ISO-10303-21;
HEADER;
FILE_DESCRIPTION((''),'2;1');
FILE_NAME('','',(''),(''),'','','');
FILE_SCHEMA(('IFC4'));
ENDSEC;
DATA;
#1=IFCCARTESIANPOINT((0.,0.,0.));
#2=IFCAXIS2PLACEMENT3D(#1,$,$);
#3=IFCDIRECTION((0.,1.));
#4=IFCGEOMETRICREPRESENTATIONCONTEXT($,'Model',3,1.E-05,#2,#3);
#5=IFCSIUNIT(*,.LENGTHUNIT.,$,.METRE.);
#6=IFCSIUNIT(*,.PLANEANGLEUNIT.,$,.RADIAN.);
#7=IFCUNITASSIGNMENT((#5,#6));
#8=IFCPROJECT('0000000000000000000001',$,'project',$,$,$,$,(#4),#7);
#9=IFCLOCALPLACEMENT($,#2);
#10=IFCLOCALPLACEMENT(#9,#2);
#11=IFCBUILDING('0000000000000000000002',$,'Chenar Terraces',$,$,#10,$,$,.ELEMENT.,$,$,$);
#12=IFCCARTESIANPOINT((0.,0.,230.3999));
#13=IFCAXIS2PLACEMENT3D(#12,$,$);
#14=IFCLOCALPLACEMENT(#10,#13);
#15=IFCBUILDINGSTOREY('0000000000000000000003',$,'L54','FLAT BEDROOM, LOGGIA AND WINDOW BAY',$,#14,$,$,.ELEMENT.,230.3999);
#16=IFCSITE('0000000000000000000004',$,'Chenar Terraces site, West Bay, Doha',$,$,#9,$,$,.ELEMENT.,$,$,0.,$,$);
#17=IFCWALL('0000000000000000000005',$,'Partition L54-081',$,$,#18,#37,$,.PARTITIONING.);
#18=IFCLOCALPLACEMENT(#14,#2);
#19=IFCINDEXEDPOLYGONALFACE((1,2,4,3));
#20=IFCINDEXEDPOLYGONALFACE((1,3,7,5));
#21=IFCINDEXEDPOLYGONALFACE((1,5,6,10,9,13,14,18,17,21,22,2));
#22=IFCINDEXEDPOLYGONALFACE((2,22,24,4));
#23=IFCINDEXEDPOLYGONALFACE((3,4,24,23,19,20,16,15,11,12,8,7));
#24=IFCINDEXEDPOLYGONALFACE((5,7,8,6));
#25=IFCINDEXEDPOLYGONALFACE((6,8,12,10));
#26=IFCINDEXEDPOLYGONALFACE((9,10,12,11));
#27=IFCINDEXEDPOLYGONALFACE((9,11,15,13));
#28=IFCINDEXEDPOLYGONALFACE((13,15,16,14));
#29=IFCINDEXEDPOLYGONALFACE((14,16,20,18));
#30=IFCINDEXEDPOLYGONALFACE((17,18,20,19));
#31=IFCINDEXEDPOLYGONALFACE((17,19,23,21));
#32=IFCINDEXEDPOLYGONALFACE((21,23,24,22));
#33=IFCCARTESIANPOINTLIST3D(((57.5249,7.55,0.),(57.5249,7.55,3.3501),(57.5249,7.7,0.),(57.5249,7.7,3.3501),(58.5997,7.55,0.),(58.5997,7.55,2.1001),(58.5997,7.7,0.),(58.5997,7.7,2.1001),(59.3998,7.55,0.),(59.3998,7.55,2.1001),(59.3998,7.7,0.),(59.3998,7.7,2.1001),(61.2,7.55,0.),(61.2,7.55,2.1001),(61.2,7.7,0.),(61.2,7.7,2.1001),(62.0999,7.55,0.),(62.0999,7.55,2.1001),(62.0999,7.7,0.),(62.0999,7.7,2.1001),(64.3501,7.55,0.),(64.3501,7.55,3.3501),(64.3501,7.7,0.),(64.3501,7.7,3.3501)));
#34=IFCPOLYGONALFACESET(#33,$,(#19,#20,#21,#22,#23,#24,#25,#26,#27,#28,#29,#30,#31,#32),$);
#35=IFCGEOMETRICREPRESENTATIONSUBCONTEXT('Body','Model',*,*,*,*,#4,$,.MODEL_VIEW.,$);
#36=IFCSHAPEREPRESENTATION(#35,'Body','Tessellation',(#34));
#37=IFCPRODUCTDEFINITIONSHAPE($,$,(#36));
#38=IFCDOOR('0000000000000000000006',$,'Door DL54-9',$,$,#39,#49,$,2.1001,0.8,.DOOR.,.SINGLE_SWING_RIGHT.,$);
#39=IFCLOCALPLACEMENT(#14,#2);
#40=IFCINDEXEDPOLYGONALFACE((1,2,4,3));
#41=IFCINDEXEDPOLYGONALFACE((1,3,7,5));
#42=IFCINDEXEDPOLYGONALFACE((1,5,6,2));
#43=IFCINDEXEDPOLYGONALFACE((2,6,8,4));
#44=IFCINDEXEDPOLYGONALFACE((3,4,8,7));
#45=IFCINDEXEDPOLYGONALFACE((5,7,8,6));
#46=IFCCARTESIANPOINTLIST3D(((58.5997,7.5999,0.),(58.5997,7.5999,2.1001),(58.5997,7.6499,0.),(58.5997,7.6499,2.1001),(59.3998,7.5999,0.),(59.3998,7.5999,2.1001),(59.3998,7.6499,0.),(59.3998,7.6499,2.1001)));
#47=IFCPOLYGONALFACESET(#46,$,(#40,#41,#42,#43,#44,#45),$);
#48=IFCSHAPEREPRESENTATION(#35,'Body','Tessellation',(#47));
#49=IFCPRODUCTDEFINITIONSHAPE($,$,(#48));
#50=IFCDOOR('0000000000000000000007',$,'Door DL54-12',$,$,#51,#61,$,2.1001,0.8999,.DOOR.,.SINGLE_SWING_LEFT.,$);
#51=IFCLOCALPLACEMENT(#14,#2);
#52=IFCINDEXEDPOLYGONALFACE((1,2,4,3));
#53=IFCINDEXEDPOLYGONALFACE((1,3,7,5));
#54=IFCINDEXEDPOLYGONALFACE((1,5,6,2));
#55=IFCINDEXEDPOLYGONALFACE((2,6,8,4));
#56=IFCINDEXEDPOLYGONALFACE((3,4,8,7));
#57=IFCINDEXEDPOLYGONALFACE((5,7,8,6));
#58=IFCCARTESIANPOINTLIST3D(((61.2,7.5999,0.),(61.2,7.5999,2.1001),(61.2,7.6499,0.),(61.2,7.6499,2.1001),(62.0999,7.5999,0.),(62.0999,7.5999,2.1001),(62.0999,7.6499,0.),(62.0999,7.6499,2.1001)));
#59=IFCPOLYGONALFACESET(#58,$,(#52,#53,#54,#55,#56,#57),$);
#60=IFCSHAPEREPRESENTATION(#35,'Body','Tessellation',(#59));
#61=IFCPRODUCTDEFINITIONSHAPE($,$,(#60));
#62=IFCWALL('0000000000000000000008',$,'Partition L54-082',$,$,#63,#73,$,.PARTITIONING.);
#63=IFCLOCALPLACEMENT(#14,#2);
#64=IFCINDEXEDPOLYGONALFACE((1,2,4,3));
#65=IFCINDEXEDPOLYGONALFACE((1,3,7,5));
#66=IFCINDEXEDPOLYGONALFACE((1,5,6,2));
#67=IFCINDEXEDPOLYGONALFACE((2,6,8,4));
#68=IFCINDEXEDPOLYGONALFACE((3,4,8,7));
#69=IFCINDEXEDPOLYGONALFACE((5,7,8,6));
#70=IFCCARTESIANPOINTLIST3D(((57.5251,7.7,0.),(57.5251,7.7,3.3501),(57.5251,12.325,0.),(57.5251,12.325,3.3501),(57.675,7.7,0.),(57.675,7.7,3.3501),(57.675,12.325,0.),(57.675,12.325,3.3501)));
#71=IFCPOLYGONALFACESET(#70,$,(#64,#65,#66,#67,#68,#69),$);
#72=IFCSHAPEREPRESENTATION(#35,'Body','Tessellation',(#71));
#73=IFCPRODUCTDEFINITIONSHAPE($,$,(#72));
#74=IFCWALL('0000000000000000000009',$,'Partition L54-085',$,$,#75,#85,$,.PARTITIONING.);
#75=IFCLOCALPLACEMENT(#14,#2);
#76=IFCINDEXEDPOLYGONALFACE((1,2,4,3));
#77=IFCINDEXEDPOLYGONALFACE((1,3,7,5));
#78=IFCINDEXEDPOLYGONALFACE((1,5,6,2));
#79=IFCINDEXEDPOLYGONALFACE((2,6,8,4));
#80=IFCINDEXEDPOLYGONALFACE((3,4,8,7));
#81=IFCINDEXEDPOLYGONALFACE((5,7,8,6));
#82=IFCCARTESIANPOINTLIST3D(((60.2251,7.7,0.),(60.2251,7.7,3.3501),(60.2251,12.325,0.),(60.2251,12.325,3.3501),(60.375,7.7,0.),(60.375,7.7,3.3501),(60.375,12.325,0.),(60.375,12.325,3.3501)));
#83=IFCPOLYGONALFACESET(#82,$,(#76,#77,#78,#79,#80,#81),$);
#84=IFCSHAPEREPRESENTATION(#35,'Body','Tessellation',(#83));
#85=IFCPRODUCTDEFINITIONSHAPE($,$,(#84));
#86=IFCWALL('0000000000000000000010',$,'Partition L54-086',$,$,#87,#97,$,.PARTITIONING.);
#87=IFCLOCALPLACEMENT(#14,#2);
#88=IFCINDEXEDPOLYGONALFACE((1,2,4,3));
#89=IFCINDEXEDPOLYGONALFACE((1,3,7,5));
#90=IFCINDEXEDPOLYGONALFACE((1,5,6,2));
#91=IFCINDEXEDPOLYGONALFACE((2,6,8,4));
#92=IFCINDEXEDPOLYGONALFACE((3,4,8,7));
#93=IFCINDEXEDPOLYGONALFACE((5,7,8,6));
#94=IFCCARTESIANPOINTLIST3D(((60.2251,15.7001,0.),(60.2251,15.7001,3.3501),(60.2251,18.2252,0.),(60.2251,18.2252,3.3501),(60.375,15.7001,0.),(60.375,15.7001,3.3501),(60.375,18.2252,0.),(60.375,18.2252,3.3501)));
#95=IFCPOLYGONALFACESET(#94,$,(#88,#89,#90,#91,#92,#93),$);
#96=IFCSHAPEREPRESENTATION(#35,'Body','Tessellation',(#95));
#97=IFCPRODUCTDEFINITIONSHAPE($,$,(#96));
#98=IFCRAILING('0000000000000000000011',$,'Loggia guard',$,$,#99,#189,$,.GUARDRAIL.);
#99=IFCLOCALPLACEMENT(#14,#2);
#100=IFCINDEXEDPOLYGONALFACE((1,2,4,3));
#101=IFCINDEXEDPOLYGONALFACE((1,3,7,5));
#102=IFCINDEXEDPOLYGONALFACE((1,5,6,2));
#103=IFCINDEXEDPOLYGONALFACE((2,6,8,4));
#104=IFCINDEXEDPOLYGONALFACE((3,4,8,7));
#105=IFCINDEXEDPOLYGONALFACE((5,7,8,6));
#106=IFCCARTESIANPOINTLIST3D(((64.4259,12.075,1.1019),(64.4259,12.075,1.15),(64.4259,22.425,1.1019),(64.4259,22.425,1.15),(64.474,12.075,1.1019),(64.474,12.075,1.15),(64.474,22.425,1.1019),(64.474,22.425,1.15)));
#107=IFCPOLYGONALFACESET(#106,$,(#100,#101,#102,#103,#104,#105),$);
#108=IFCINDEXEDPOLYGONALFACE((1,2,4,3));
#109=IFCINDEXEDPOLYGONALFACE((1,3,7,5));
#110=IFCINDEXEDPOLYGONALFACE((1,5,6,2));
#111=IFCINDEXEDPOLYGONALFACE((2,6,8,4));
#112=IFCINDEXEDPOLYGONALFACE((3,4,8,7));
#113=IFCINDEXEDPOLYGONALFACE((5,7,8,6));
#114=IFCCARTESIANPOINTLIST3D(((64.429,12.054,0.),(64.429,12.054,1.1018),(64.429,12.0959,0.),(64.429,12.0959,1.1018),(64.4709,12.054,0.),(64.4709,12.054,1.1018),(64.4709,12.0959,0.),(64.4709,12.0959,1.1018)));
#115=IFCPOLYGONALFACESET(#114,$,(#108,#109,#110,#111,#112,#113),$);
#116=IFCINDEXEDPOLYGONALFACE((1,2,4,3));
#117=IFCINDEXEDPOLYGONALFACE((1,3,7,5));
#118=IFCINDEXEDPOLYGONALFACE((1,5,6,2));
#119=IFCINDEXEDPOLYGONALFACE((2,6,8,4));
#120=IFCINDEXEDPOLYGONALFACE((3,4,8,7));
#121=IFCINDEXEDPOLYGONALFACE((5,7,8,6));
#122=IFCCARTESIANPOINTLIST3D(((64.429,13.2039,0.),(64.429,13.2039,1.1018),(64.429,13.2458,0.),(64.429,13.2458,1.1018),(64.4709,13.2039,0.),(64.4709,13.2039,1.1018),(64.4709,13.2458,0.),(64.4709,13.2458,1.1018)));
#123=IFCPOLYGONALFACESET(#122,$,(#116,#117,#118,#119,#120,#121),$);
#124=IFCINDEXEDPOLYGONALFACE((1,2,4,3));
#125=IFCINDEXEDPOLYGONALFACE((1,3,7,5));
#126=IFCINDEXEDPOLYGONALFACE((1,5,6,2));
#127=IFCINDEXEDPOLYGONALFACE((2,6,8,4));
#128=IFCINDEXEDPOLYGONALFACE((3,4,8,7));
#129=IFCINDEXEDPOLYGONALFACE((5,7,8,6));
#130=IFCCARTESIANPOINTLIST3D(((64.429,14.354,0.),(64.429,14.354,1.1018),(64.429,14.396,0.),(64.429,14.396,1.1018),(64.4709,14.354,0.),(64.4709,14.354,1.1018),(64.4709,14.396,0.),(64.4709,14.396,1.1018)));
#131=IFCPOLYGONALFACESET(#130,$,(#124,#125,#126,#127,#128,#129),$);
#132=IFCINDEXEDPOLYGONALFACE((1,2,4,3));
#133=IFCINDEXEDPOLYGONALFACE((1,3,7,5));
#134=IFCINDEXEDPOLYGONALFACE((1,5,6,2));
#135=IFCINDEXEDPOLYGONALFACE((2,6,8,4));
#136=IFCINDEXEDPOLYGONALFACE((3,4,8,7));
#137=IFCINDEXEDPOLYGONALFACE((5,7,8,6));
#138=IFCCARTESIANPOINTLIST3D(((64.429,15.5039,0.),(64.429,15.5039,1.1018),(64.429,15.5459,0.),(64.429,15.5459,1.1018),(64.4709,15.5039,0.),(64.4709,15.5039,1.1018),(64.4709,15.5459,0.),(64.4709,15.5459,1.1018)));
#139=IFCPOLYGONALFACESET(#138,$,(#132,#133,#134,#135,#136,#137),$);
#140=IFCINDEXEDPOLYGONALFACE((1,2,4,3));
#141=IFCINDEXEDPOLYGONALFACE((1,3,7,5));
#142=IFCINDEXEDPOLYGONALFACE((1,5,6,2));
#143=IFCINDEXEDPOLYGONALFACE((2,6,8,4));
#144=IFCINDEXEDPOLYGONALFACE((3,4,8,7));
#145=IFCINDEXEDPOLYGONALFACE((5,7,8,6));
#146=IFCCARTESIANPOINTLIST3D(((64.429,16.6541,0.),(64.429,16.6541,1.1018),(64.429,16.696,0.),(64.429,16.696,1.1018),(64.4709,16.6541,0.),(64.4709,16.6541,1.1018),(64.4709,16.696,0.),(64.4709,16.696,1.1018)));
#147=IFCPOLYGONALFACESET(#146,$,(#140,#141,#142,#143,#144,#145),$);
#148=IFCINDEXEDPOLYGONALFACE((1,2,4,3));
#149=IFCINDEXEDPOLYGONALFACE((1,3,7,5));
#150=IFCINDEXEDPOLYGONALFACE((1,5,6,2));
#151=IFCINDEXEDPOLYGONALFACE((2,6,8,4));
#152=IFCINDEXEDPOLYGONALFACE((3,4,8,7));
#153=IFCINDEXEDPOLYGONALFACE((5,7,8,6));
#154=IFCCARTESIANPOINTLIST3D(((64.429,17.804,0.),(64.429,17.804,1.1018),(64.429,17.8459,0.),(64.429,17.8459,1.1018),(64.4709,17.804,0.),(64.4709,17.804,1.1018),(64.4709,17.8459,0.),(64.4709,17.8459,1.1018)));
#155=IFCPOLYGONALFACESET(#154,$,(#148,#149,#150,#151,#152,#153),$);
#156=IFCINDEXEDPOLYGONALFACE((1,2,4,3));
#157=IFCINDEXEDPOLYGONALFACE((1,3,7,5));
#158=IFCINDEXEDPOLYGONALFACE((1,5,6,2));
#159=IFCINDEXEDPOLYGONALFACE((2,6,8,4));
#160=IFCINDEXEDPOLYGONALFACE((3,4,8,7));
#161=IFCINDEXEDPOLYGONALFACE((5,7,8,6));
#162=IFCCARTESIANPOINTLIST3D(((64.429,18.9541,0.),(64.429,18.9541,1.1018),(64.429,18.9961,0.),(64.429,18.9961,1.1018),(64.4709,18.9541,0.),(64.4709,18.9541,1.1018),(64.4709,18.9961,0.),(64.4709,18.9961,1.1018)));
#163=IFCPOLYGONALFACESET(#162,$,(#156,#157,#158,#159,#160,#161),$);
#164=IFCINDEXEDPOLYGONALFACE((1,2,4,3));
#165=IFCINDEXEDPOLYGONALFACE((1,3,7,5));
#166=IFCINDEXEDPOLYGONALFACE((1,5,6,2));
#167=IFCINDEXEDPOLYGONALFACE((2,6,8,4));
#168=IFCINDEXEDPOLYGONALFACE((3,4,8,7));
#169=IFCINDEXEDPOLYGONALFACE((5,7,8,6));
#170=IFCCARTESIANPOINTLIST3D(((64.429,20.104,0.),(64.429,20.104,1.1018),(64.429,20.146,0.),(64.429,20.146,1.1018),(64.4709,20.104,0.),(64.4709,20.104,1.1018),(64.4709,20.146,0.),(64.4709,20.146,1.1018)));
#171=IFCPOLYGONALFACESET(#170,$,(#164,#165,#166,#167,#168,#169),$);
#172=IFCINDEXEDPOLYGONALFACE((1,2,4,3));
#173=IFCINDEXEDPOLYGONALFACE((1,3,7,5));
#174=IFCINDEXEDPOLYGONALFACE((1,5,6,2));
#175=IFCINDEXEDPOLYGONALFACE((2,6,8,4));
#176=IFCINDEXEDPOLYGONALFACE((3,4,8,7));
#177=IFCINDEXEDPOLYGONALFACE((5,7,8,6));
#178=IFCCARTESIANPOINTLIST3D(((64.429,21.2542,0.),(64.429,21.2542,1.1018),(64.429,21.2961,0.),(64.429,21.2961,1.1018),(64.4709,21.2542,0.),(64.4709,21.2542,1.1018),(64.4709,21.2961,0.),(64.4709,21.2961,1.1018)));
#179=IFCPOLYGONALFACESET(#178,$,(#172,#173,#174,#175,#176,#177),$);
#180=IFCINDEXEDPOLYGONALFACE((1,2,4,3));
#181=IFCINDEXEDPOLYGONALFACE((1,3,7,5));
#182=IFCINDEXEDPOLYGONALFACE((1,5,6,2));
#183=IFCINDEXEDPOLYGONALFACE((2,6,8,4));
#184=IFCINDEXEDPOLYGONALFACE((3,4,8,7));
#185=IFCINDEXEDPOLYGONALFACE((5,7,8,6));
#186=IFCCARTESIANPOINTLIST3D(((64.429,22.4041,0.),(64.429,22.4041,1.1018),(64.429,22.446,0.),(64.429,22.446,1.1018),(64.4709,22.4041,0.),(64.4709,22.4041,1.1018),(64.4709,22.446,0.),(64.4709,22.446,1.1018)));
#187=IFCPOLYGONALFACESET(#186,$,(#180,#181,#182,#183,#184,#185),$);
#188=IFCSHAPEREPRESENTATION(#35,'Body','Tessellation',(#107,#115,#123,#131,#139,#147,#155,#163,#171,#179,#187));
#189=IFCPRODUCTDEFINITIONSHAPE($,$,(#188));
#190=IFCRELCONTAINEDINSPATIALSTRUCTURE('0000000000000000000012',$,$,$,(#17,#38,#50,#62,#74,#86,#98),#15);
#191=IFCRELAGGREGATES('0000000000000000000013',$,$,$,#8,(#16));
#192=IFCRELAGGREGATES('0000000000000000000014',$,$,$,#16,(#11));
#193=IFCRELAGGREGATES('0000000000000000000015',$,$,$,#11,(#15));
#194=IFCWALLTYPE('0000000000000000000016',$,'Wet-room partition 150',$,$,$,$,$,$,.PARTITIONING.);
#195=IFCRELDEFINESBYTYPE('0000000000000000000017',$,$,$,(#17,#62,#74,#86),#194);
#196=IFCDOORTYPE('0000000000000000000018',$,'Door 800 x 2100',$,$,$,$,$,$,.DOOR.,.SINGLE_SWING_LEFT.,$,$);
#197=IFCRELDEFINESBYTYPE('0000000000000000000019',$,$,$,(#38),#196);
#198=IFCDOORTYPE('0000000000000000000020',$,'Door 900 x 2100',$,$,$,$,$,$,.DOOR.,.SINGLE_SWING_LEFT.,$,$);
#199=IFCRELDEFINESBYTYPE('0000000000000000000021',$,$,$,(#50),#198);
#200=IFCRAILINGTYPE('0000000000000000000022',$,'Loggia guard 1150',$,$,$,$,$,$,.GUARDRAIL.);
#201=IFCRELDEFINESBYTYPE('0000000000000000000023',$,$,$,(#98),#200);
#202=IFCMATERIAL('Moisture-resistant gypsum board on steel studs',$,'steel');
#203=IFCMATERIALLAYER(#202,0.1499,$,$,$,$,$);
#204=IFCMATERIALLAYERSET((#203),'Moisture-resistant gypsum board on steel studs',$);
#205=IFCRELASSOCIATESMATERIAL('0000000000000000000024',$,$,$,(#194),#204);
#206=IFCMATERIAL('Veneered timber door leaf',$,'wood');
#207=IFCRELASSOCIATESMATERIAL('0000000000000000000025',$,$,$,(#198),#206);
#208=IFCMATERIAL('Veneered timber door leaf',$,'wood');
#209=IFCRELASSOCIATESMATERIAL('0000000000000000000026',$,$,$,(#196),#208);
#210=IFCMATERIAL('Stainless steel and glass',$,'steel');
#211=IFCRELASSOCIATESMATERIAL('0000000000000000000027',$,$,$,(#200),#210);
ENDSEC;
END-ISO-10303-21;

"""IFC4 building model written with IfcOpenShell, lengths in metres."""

from ifc_helpers import new_model, si_unit, direction, frame, frame_2d, origin, origin_2d, place, context, subcontext, project, spatial, rectangle, extrude, material, layer, layer_set, type_object, element, fill, save


model = new_model("IFC4")

# Units and contexts
model_context = context("Model", 3, precision=1e-05, world=origin(), true_north=direction((0.0, 1.0)))
body_context = subcontext(model_context, "Body", "Model", "MODEL_VIEW")
ifc_project = project(units=[si_unit("LENGTHUNIT", "METRE"), si_unit("PLANEANGLEUNIT", "RADIAN")], contexts=[model_context])

# Site, building, storey
site_placement = place(None, origin())
site = spatial("IfcSite", under=ifc_project, at=site_placement, Name="Chenar Terraces site, West Bay, Doha", CompositionType="ELEMENT", RefElevation=0.0)
building_placement = place(site_placement, origin())
building = spatial("IfcBuilding", under=site, at=building_placement, Name="Chenar Terraces", CompositionType="ELEMENT")
storey_placement = place(building_placement, frame((0.0, 0.0, 230.3999)))
storey = spatial("IfcBuildingStorey", under=building, at=storey_placement, Name="L54", Description="FLAT BEDROOM, LOGGIA AND WINDOW BAY", CompositionType="ELEMENT", Elevation=230.3999)

# Shared definitions
ifc_material_1 = material(Name="Moisture-resistant gypsum board on steel studs", Category="steel")
ifc_layer_1 = layer(ifc_material_1, 0.1499)
ifc_layer_set_1 = layer_set([ifc_layer_1], Name="Moisture-resistant gypsum board on steel studs")
wall_type_1 = type_object("IfcWallType", Name="Wet-room partition 150", PredefinedType="PARTITIONING", material=ifc_layer_set_1)

# Shared definitions
ifc_material_2 = material(Name="Veneered timber door leaf", Category="wood")
door_type_1 = type_object("IfcDoorType", Name="Door 900 x 2100", OperationType="SINGLE_SWING_LEFT", PredefinedType="DOOR", material=ifc_material_2)
ifc_material_3 = material(Name="Veneered timber door leaf", Category="wood")
door_type_2 = type_object("IfcDoorType", Name="Door 800 x 2100", OperationType="SINGLE_SWING_LEFT", PredefinedType="DOOR", material=ifc_material_3)

# Wall, openings, doors
wall_1_placement = place(storey_placement, frame((57.5249, 7.625, 0.0), z_axis=(0.0, 0.0, 1.0), x_axis=(1.0, 0.0, 0.0)))
wall_1 = element("IfcWall", 1, at=wall_1_placement, inside=storey, type_object=wall_type_1, Name="Partition L54-081", PredefinedType="PARTITIONING", context=body_context, shape_type="SweptSolid", body=[
    extrude(rectangle(XDim=6.8252, YDim=0.1499, at=frame_2d((3.4126, 0.0))), origin(), (0.0, 0.0, 1.0), 3.3501),
])
opening_1_placement = place(wall_1_placement, frame((1.075, 0.0, 0.0)))
opening_1 = element("IfcOpeningElement", 2, at=opening_1_placement, cuts=wall_1, PredefinedType="OPENING", context=body_context, shape_type="SweptSolid", body=[
    extrude(rectangle(XDim=0.8, YDim=2.1001, at=frame_2d((0.3999, 1.05))), frame((0.0, 0.085, 0.0), z_axis=(0.0, -1.0, 0.0), x_axis=(1.0, 0.0, 0.0)), (0.0, 0.0, 1.0), 0.1699),
])
opening_2_placement = place(wall_1_placement, frame((3.675, 0.0, 0.0)))
opening_2 = element("IfcOpeningElement", 3, at=opening_2_placement, cuts=wall_1, PredefinedType="OPENING", context=body_context, shape_type="SweptSolid", body=[
    extrude(rectangle(XDim=0.8999, YDim=2.1001, at=frame_2d((0.45, 1.05))), frame((0.0, 0.085, 0.0), z_axis=(0.0, -1.0, 0.0), x_axis=(1.0, 0.0, 0.0)), (0.0, 0.0, 1.0), 0.1699),
])
door_1_placement = place(opening_1_placement, origin())
door_1 = element("IfcDoor", 4, at=door_1_placement, inside=storey, type_object=door_type_2, Name="Door DL54-9", OperationType="SINGLE_SWING_RIGHT", OverallHeight=2.1001, OverallWidth=0.8, PredefinedType="DOOR", context=body_context, shape_type="SweptSolid", body=[
    extrude(rectangle(XDim=0.8, YDim=2.1001, at=frame_2d((0.3999, 1.05))), frame((0.0, 0.0249, 0.0), z_axis=(0.0, -1.0, 0.0), x_axis=(1.0, 0.0, 0.0)), (0.0, 0.0, 1.0), 0.05),
])
fill(opening_1, door_1)
door_2_placement = place(opening_2_placement, origin())
door_2 = element("IfcDoor", 5, at=door_2_placement, inside=storey, type_object=door_type_1, Name="Door DL54-12", OperationType="SINGLE_SWING_LEFT", OverallHeight=2.1001, OverallWidth=0.8999, PredefinedType="DOOR", context=body_context, shape_type="SweptSolid", body=[
    extrude(rectangle(XDim=0.8999, YDim=2.1001, at=frame_2d((0.45, 1.05))), frame((0.0, 0.0249, 0.0), z_axis=(0.0, -1.0, 0.0), x_axis=(1.0, 0.0, 0.0)), (0.0, 0.0, 1.0), 0.05),
])
fill(opening_2, door_2)

# Walls
for number, where, z_axis, x_axis, name in (
    (6, (57.6001, 7.7, 0.0), (0.0, 0.0, 1.0), (0.0, 1.0, 0.0), "Partition L54-082"),
    (7, (60.3, 7.7, 0.0), (0.0, 0.0, 1.0), (0.0, 1.0, 0.0), "Partition L54-085"),
):
    element("IfcWall", number, at=place(storey_placement, frame(where, z_axis=z_axis, x_axis=x_axis)), inside=storey, type_object=wall_type_1, Name=name, PredefinedType="PARTITIONING", context=body_context, shape_type="SweptSolid", body=[
        extrude(rectangle(XDim=4.625, YDim=0.1499, at=frame_2d((2.3125, 0.0))), origin(), (0.0, 0.0, 1.0), 3.3501),
    ])
wall_2_placement = place(storey_placement, frame((60.3, 15.7, 0.0), z_axis=(0.0, 0.0, 1.0), x_axis=(0.0, 1.0, 0.0)))
element("IfcWall", 8, at=wall_2_placement, inside=storey, type_object=wall_type_1, Name="Partition L54-086", PredefinedType="PARTITIONING", context=body_context, shape_type="SweptSolid", body=[
    extrude(rectangle(XDim=2.5251, YDim=0.1499, at=frame_2d((1.2627, 0.0))), origin(), (0.0, 0.0, 1.0), 3.3501),
])

# Railing
ifc_material_4 = material(Name="Stainless steel and glass", Category="steel")
railing_type = type_object("IfcRailingType", Name="Loggia guard 1150", PredefinedType="GUARDRAIL", material=ifc_material_4)
railing_placement = place(storey_placement, frame((64.45, 12.075, 0.0)))
element("IfcRailing", 9, at=railing_placement, inside=storey, type_object=railing_type, Name="Loggia guard", PredefinedType="GUARDRAIL", context=body_context, shape_type="SweptSolid", body=[
    extrude(rectangle(XDim=0.0481, YDim=0.0481, at=origin_2d()), frame((0.0, 0.0, 1.126), z_axis=(0.0, 1.0, 0.0), x_axis=(-1.0, 0.0, 0.0)), (0.0, 0.0, 1.0), 10.3501),
    extrude(rectangle(XDim=0.042, YDim=0.042, at=origin_2d()), origin(), (0.0, 0.0, 1.0), 1.1018),
    extrude(rectangle(XDim=0.042, YDim=0.042, at=origin_2d()), frame((0.0, 1.1499, 0.0)), (0.0, 0.0, 1.0), 1.1018),
    extrude(rectangle(XDim=0.042, YDim=0.042, at=origin_2d()), frame((0.0, 2.3, 0.0)), (0.0, 0.0, 1.0), 1.1018),
    extrude(rectangle(XDim=0.042, YDim=0.042, at=origin_2d()), frame((0.0, 3.45, 0.0)), (0.0, 0.0, 1.0), 1.1018),
    extrude(rectangle(XDim=0.042, YDim=0.042, at=origin_2d()), frame((0.0, 4.6001, 0.0)), (0.0, 0.0, 1.0), 1.1018),
    extrude(rectangle(XDim=0.042, YDim=0.042, at=origin_2d()), frame((0.0, 5.75, 0.0)), (0.0, 0.0, 1.0), 1.1018),
    extrude(rectangle(XDim=0.042, YDim=0.042, at=origin_2d()), frame((0.0, 6.9001, 0.0)), (0.0, 0.0, 1.0), 1.1018),
    extrude(rectangle(XDim=0.042, YDim=0.042, at=origin_2d()), frame((0.0, 8.05, 0.0)), (0.0, 0.0, 1.0), 1.1018),
    extrude(rectangle(XDim=0.042, YDim=0.042, at=origin_2d()), frame((0.0, 9.2002, 0.0)), (0.0, 0.0, 1.0), 1.1018),
    extrude(rectangle(XDim=0.042, YDim=0.042, at=origin_2d()), frame((0.0, 10.3501, 0.0)), (0.0, 0.0, 1.0), 1.1018),
])

save(model, "model.ifc")
